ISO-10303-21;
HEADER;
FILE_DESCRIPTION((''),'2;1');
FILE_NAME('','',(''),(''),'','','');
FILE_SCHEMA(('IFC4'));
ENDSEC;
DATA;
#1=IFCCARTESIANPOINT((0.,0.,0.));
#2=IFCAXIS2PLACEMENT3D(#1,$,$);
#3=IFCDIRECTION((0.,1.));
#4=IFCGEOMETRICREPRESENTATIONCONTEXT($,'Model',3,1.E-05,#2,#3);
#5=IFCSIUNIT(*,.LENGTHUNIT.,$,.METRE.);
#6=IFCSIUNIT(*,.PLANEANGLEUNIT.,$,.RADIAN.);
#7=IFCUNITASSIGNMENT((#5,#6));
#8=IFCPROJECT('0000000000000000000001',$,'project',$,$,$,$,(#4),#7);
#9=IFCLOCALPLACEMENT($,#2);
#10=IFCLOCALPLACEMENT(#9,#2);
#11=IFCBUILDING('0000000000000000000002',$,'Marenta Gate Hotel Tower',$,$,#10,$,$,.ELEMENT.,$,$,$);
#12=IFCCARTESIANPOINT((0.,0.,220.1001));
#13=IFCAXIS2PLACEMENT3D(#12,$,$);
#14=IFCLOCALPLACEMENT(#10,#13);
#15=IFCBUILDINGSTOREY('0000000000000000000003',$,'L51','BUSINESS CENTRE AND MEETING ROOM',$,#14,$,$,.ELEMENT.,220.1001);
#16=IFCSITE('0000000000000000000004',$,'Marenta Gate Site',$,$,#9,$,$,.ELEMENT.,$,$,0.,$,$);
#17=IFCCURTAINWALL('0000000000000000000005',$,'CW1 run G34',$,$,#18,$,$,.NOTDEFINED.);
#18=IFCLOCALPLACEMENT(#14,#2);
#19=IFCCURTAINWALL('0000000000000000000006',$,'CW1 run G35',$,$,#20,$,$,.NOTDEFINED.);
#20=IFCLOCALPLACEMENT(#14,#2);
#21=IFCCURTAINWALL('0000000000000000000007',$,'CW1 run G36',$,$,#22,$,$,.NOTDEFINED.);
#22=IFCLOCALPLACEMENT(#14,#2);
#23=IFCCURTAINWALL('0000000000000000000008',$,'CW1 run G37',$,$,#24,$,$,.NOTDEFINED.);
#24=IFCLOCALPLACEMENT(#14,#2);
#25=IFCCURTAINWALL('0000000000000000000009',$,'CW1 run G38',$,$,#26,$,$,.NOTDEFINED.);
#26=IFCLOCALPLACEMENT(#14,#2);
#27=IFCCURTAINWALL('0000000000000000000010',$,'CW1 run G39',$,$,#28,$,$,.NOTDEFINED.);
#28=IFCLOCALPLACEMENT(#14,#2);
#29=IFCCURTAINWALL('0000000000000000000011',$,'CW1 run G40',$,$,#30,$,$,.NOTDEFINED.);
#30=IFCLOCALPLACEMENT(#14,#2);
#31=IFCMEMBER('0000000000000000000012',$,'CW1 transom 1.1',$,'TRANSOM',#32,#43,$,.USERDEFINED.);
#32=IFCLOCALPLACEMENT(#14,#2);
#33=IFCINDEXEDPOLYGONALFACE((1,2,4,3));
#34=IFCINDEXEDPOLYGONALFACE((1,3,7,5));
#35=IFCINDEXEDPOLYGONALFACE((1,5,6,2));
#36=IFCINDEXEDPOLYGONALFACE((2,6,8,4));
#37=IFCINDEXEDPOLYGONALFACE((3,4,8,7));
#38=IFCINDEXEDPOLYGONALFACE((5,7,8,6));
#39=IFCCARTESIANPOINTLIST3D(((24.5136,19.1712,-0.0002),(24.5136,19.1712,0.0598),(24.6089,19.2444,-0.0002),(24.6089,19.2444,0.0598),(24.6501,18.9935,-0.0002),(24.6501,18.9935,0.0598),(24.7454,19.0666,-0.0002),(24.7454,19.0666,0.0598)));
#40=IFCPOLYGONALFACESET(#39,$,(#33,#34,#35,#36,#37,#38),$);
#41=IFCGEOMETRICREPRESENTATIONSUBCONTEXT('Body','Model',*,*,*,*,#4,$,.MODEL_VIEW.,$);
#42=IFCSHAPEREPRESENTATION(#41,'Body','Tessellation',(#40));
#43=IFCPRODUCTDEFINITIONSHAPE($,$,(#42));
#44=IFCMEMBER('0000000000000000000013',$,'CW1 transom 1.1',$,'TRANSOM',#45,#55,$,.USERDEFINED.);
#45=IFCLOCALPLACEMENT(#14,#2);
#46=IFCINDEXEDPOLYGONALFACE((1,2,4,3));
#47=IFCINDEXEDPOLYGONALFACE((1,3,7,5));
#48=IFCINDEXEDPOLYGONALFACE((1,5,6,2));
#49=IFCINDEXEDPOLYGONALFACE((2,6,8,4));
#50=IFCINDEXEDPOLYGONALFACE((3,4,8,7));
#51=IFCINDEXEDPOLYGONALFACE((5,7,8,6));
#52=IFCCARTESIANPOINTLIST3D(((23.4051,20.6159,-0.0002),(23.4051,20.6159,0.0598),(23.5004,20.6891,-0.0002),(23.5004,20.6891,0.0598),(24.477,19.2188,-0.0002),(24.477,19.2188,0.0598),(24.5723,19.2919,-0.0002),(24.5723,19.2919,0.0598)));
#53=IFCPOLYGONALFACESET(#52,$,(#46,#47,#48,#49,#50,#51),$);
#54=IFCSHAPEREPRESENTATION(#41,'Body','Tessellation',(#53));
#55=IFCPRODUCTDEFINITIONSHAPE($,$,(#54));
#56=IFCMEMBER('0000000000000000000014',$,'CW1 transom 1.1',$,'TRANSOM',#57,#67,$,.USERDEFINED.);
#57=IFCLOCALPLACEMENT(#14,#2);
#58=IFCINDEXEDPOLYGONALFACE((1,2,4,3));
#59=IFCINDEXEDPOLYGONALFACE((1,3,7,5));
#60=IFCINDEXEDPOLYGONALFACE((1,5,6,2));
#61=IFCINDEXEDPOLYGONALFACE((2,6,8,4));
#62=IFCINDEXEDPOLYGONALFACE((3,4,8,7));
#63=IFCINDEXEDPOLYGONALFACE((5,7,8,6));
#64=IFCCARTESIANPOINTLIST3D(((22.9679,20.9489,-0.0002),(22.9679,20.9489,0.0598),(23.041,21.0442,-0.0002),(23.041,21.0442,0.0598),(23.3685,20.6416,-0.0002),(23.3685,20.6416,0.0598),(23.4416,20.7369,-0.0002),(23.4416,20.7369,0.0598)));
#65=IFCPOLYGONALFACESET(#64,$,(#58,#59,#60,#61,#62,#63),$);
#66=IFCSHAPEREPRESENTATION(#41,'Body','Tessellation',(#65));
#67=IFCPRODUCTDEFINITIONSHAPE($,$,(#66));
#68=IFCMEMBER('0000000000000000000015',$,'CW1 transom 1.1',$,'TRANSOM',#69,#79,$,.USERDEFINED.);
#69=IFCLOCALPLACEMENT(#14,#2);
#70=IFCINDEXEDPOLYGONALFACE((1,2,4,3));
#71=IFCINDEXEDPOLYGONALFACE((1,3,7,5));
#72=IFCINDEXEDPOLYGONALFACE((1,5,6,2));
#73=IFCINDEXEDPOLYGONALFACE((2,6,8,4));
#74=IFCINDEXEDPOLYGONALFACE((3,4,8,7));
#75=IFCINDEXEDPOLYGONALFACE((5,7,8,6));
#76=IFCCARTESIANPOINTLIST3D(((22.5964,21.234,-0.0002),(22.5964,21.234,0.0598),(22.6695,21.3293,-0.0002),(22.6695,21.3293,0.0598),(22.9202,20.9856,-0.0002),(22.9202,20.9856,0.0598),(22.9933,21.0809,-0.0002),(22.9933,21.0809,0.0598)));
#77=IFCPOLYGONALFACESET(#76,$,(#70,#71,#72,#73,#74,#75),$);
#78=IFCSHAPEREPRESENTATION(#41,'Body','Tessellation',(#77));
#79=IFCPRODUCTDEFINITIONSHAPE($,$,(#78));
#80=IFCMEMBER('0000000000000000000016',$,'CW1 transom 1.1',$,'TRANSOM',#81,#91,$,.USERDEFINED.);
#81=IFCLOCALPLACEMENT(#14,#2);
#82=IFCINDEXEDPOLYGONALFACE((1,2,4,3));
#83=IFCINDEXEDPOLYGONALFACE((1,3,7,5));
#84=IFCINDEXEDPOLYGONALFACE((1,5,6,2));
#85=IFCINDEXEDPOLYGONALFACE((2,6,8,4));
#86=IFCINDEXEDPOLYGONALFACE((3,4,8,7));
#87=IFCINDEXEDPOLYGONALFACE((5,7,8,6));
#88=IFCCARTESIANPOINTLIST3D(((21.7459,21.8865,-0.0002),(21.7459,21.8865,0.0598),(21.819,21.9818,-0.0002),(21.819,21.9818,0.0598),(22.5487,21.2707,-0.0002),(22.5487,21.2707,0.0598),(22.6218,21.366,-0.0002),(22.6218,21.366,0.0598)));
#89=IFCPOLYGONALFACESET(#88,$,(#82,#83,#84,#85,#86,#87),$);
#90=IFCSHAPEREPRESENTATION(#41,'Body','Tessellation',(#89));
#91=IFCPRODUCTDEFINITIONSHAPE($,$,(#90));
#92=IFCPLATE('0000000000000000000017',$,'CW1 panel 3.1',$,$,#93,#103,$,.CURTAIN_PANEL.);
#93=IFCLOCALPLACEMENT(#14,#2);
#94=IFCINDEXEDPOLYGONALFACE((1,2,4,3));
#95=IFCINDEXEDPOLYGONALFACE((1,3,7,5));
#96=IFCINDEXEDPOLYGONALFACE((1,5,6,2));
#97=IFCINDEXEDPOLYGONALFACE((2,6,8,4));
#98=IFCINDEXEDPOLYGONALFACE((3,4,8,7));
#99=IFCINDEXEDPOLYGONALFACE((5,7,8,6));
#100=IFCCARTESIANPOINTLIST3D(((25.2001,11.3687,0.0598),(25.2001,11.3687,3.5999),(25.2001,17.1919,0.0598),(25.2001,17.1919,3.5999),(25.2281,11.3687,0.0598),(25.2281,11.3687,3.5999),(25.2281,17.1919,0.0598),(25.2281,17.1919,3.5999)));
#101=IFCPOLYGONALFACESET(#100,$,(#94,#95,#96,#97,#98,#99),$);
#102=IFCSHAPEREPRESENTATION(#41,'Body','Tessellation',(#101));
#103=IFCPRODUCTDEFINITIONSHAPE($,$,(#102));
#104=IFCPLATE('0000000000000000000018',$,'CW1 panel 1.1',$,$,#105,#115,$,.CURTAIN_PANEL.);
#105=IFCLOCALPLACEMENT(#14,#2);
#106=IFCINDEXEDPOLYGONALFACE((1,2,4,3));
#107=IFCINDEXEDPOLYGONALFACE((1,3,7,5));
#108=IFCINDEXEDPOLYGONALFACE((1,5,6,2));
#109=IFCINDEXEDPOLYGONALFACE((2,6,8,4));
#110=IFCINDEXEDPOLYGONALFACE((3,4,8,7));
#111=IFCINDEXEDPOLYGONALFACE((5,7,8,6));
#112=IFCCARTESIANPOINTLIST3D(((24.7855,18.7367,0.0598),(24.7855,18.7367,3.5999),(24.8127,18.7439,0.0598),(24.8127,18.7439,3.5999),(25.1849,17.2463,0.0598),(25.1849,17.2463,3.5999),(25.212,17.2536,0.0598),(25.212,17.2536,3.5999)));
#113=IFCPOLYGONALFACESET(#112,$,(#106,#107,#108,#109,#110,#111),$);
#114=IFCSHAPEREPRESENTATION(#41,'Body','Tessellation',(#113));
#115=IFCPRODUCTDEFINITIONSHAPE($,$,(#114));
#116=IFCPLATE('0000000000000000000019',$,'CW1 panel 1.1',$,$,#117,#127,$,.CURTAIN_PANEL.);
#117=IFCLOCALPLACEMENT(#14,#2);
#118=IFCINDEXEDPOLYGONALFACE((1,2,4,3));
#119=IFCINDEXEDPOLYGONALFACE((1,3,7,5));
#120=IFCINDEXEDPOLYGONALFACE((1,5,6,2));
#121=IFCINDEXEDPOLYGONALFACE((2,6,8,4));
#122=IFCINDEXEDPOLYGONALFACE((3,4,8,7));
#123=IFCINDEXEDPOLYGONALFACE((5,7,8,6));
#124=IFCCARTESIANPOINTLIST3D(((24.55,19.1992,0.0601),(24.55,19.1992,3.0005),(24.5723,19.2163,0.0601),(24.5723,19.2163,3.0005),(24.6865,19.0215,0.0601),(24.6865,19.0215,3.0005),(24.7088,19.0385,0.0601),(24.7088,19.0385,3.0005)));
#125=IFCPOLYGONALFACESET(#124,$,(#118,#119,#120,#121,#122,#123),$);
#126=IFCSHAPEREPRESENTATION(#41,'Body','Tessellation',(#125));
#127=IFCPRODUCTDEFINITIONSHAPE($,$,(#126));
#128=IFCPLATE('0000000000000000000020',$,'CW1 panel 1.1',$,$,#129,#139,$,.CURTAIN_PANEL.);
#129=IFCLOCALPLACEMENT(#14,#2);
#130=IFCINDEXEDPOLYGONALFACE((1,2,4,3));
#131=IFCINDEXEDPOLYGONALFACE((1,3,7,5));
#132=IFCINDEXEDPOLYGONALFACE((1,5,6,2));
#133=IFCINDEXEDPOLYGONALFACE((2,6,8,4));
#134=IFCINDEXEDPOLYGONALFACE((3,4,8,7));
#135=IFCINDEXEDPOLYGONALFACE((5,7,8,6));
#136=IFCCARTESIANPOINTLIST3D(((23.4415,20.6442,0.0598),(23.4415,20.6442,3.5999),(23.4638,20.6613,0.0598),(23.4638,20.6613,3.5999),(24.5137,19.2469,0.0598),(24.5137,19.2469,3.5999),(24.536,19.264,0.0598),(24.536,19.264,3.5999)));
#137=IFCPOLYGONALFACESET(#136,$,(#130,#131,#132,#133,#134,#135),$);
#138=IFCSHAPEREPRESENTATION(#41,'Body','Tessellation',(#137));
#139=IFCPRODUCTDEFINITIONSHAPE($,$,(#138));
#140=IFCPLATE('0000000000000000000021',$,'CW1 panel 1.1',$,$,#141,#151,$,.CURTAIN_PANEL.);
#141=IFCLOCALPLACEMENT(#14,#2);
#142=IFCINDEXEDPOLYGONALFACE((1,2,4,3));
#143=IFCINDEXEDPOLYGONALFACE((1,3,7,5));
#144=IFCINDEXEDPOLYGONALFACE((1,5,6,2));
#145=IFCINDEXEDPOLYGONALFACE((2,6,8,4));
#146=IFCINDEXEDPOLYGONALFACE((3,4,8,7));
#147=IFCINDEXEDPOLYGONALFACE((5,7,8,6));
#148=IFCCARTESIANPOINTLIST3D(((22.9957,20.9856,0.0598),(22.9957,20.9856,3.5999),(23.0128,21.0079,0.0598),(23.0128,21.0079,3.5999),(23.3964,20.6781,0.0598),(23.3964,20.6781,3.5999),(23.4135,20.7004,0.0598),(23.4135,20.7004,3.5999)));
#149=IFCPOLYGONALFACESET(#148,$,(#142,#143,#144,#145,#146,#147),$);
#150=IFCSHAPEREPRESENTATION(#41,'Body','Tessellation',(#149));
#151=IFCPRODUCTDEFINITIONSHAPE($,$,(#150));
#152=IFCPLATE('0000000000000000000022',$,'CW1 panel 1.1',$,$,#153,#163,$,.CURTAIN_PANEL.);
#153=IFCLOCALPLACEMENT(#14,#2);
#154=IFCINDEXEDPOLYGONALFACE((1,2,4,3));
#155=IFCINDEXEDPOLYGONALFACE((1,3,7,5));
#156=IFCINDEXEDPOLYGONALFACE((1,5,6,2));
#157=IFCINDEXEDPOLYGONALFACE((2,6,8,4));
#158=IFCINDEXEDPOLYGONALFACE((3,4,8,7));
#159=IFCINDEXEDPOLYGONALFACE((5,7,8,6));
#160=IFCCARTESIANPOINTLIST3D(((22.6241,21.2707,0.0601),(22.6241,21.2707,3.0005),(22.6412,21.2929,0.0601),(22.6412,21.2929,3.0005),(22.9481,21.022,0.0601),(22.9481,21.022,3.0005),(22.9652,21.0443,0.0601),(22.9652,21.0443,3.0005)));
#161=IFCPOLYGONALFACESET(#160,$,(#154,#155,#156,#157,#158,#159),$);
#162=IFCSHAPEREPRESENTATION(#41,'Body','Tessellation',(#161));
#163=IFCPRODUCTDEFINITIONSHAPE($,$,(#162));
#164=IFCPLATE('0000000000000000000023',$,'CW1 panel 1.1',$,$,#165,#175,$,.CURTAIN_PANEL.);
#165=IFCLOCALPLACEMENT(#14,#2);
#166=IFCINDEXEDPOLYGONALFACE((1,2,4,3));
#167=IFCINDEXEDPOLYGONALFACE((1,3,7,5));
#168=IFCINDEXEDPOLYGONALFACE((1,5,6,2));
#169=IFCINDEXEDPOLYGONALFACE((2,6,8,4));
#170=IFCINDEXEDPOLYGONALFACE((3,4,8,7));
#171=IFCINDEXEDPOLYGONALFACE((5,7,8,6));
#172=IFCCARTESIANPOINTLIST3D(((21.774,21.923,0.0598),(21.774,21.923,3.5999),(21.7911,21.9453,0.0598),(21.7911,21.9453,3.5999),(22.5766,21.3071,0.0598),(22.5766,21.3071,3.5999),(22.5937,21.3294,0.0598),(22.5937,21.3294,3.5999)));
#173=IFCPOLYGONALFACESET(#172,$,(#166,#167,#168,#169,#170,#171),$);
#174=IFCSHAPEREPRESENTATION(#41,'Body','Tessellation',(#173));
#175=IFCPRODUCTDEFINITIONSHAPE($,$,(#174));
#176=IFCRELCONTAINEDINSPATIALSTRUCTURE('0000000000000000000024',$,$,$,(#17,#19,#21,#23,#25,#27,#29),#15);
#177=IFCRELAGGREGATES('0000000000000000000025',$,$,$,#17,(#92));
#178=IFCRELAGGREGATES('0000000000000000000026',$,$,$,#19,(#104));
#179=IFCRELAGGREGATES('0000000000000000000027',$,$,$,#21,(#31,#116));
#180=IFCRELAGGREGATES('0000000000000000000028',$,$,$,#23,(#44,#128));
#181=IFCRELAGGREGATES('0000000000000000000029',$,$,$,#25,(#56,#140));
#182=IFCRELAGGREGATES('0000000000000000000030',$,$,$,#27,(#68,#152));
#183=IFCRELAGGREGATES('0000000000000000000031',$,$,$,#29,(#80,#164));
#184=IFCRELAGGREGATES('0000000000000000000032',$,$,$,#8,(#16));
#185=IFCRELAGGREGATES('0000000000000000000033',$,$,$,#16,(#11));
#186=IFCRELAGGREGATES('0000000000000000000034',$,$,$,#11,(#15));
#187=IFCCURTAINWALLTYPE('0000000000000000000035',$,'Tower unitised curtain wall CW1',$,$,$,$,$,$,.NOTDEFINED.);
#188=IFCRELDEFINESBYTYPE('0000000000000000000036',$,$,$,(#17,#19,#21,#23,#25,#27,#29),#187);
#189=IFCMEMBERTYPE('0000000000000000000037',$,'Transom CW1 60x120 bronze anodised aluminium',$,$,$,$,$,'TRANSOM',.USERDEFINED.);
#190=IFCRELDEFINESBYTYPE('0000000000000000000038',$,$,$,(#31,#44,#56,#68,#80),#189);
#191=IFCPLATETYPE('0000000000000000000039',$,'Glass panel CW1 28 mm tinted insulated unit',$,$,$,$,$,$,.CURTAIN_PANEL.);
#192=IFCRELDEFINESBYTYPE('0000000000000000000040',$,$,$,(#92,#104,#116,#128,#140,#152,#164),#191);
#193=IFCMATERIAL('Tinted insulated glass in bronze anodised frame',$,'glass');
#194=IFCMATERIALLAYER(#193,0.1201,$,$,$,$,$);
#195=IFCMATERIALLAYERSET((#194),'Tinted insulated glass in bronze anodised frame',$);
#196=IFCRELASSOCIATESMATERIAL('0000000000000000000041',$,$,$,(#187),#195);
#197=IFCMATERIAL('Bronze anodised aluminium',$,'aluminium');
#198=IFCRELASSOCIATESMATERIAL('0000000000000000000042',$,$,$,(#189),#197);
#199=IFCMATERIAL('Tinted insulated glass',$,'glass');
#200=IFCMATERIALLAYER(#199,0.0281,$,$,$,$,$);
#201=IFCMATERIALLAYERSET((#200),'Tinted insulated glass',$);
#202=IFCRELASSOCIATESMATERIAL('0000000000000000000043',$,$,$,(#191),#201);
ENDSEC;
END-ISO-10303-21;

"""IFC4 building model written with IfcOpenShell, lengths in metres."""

from ifc_helpers import new_model, si_unit, direction, frame, origin, origin_2d, place, context, subcontext, project, spatial, rectangle, extrude, material, layer, layer_set, material_profile, profile_set, type_object, element, aggregate, save


model = new_model("IFC4")

# Units and contexts
model_context = context("Model", 3, precision=1e-05, world=origin(), true_north=direction((0.0, 1.0)))
body_context = subcontext(model_context, "Body", "Model", "MODEL_VIEW")
ifc_project = project(units=[si_unit("LENGTHUNIT", "METRE"), si_unit("PLANEANGLEUNIT", "RADIAN")], contexts=[model_context])

# Site, building, storey
site_placement = place(None, origin())
site = spatial("IfcSite", under=ifc_project, at=site_placement, Name="Marenta Gate Site", CompositionType="ELEMENT", RefElevation=0.0)
building_placement = place(site_placement, origin())
building = spatial("IfcBuilding", under=site, at=building_placement, Name="Marenta Gate Hotel Tower", CompositionType="ELEMENT")
storey_placement = place(building_placement, frame((0.0, 0.0, 220.1001)))
storey = spatial("IfcBuildingStorey", under=building, at=storey_placement, Name="L51", Description="BUSINESS CENTRE AND MEETING ROOM", CompositionType="ELEMENT", Elevation=220.1001)

# Curtain wall
ifc_material_1 = material(Name="Tinted insulated glass in bronze anodised frame", Category="glass")
ifc_layer_1 = layer(ifc_material_1, 0.1201)
ifc_layer_set_1 = layer_set([ifc_layer_1], Name="Tinted insulated glass in bronze anodised frame")
curtain_wall_type = type_object("IfcCurtainWallType", Name="Tower unitised curtain wall CW1", PredefinedType="NOTDEFINED", material=ifc_layer_set_1)
curtain_wall_1_placement = place(storey_placement, origin())
curtain_wall_1 = element("IfcCurtainWall", 1, at=curtain_wall_1_placement, inside=storey, type_object=curtain_wall_type, Name="CW1 run G34", PredefinedType="NOTDEFINED")

# Curtain wall
curtain_wall_2_placement = place(storey_placement, origin())
curtain_wall_2 = element("IfcCurtainWall", 2, at=curtain_wall_2_placement, inside=storey, type_object=curtain_wall_type, Name="CW1 run G35", PredefinedType="NOTDEFINED")

# Curtain walls
curtain_wall_3_placement = place(storey_placement, origin())
curtain_wall_3 = element("IfcCurtainWall", 3, at=curtain_wall_3_placement, inside=storey, type_object=curtain_wall_type, Name="CW1 run G36", PredefinedType="NOTDEFINED")
curtain_wall_4_placement = place(storey_placement, origin())
curtain_wall_4 = element("IfcCurtainWall", 4, at=curtain_wall_4_placement, inside=storey, type_object=curtain_wall_type, Name="CW1 run G37", PredefinedType="NOTDEFINED")
curtain_wall_5_placement = place(storey_placement, origin())
curtain_wall_5 = element("IfcCurtainWall", 5, at=curtain_wall_5_placement, inside=storey, type_object=curtain_wall_type, Name="CW1 run G38", PredefinedType="NOTDEFINED")
curtain_wall_6_placement = place(storey_placement, origin())
curtain_wall_6 = element("IfcCurtainWall", 6, at=curtain_wall_6_placement, inside=storey, type_object=curtain_wall_type, Name="CW1 run G39", PredefinedType="NOTDEFINED")
curtain_wall_7_placement = place(storey_placement, origin())
curtain_wall_7 = element("IfcCurtainWall", 7, at=curtain_wall_7_placement, inside=storey, type_object=curtain_wall_type, Name="CW1 run G40", PredefinedType="NOTDEFINED")

# Members
ifc_material_2 = material(Name="Bronze anodised aluminium", Category="aluminium")
ifc_material_profile_1 = material_profile(ifc_material_2, rectangle(XDim=0.1201, YDim=0.0601, at=origin_2d()), Name="Transom CW1 60x120 bronze anodised aluminium")
ifc_profile_set_1 = profile_set([ifc_material_profile_1], Name="Bronze anodised aluminium")
member_type_1 = type_object("IfcMemberType", Name="Transom CW1 60x120 bronze anodised aluminium", ElementType="TRANSOM", PredefinedType="USERDEFINED", material=ifc_profile_set_1)
member_1_placement = place(storey_placement, frame((24.6978, 19.03, 0.0298), z_axis=(-0.609026, 0.79315, 0.0), x_axis=(-0.79315, -0.609026, 0.0)))
member_1 = element("IfcMember", 8, at=member_1_placement, type_object=member_type_1, Name="CW1 transom 1.1", ObjectType="TRANSOM", PredefinedType="USERDEFINED", context=body_context, shape_type="SweptSolid", body=[
    extrude(rectangle(XDim=0.1201, YDim=0.0601, at=origin_2d()), origin(), (0.0, 0.0, 1.0), 0.2241),
])
member_2_placement = place(storey_placement, frame((24.5247, 19.2554, 0.0298), z_axis=(-0.608725, 0.793381, 0.0), x_axis=(-0.793381, -0.608725, 0.0)))
member_2 = element("IfcMember", 9, at=member_2_placement, type_object=member_type_1, Name="CW1 transom 1.1", ObjectType="TRANSOM", PredefinedType="USERDEFINED", context=body_context, shape_type="SweptSolid", body=[
    extrude(rectangle(XDim=0.1201, YDim=0.0601, at=origin_2d()), origin(), (0.0, 0.0, 1.0), 1.761),
])
member_3_placement = place(storey_placement, frame((23.405, 20.6892, 0.0298), z_axis=(-0.793396, 0.608706, 0.0), x_axis=(-0.608706, -0.793396, 0.0)))
member_3 = element("IfcMember", 10, at=member_3_placement, type_object=member_type_1, Name="CW1 transom 1.1", ObjectType="TRANSOM", PredefinedType="USERDEFINED", context=body_context, shape_type="SweptSolid", body=[
    extrude(rectangle(XDim=0.1201, YDim=0.0601, at=origin_2d()), origin(), (0.0, 0.0, 1.0), 0.5049),
])
member_4_placement = place(storey_placement, frame((22.9568, 21.0332, 0.0298), z_axis=(-0.793423, 0.60867, 0.0), x_axis=(-0.60867, -0.793423, 0.0)))
member_4 = element("IfcMember", 11, at=member_4_placement, type_object=member_type_1, Name="CW1 transom 1.1", ObjectType="TRANSOM", PredefinedType="USERDEFINED", context=body_context, shape_type="SweptSolid", body=[
    extrude(rectangle(XDim=0.1201, YDim=0.0601, at=origin_2d()), origin(), (0.0, 0.0, 1.0), 0.4082),
])
member_5_placement = place(storey_placement, frame((22.5852, 21.3184, 0.0298), z_axis=(-0.793467, 0.608614, 0.0), x_axis=(-0.608614, -0.793467, 0.0)))
member_5 = element("IfcMember", 12, at=member_5_placement, type_object=member_type_1, Name="CW1 transom 1.1", ObjectType="TRANSOM", PredefinedType="USERDEFINED", context=body_context, shape_type="SweptSolid", body=[
    extrude(rectangle(XDim=0.1201, YDim=0.0601, at=origin_2d()), origin(), (0.0, 0.0, 1.0), 1.0117),
])

# Plates
ifc_material_3 = material(Name="Tinted insulated glass", Category="glass")
ifc_layer_2 = layer(ifc_material_3, 0.0281)
ifc_layer_set_2 = layer_set([ifc_layer_2], Name="Tinted insulated glass")
plate_type = type_object("IfcPlateType", Name="Glass panel CW1 28 mm tinted insulated unit", PredefinedType="CURTAIN_PANEL", material=ifc_layer_set_2)
plate_1_placement = place(storey_placement, frame((25.2141, 14.2803, 0.0598), z_axis=(0.0, 0.0, 1.0), x_axis=(0.0, 1.0, 0.0)))
plate_1 = element("IfcPlate", 13, at=plate_1_placement, type_object=plate_type, Name="CW1 panel 3.1", PredefinedType="CURTAIN_PANEL", context=body_context, shape_type="SweptSolid", body=[
    extrude(rectangle(XDim=5.8232, YDim=0.0281, at=origin_2d()), origin(), (0.0, 0.0, 1.0), 3.54),
])
aggregate(curtain_wall_1, [plate_1])
plate_2_placement = place(storey_placement, frame((24.9988, 17.9951, 0.0598), z_axis=(0.0, 0.0, 1.0), x_axis=(-0.25883, 0.965923, 0.0)))
plate_2 = element("IfcPlate", 14, at=plate_2_placement, type_object=plate_type, Name="CW1 panel 1.1", PredefinedType="CURTAIN_PANEL", context=body_context, shape_type="SweptSolid", body=[
    extrude(rectangle(XDim=1.543, YDim=0.0281, at=origin_2d()), origin(), (0.0, 0.0, 1.0), 3.54),
])
aggregate(curtain_wall_2, [plate_2])
plate_3_placement = place(storey_placement, frame((24.6294, 19.1189, 0.0601), z_axis=(0.0, 0.0, 1.0), x_axis=(-0.608808, 0.793317, 0.0)))
plate_3 = element("IfcPlate", 15, at=plate_3_placement, type_object=plate_type, Name="CW1 panel 1.1", PredefinedType="CURTAIN_PANEL", context=body_context, shape_type="SweptSolid", body=[
    extrude(rectangle(XDim=0.2241, YDim=0.0281, at=origin_2d()), origin(), (0.0, 0.0, 1.0), 2.9404),
])
aggregate(curtain_wall_3, [member_1, plate_3])
plate_4_placement = place(storey_placement, frame((23.9888, 19.9541, 0.0598), z_axis=(0.0, 0.0, 1.0), x_axis=(-0.608784, 0.793336, 0.0)))
plate_4 = element("IfcPlate", 16, at=plate_4_placement, type_object=plate_type, Name="CW1 panel 1.1", PredefinedType="CURTAIN_PANEL", context=body_context, shape_type="SweptSolid", body=[
    extrude(rectangle(XDim=1.7612, YDim=0.0281, at=origin_2d()), origin(), (0.0, 0.0, 1.0), 3.54),
])
aggregate(curtain_wall_4, [member_2, plate_4])
plate_5_placement = place(storey_placement, frame((23.2046, 20.843, 0.0598), z_axis=(0.0, 0.0, 1.0), x_axis=(-0.793347, 0.60877, 0.0)))
plate_5 = element("IfcPlate", 17, at=plate_5_placement, type_object=plate_type, Name="CW1 panel 1.1", PredefinedType="CURTAIN_PANEL", context=body_context, shape_type="SweptSolid", body=[
    extrude(rectangle(XDim=0.5051, YDim=0.0281, at=origin_2d()), origin(), (0.0, 0.0, 1.0), 3.54),
])
aggregate(curtain_wall_5, [member_3, plate_5])
plate_6_placement = place(storey_placement, frame((22.7947, 21.1575, 0.0601), z_axis=(0.0, 0.0, 1.0), x_axis=(-0.79329, 0.608844, 0.0)))
plate_6 = element("IfcPlate", 18, at=plate_6_placement, type_object=plate_type, Name="CW1 panel 1.1", PredefinedType="CURTAIN_PANEL", context=body_context, shape_type="SweptSolid", body=[
    extrude(rectangle(XDim=0.4084, YDim=0.0281, at=origin_2d()), origin(), (0.0, 0.0, 1.0), 2.9404),
])
aggregate(curtain_wall_6, [member_4, plate_6])
plate_7_placement = place(storey_placement, frame((22.1838, 21.6262, 0.0598), z_axis=(0.0, 0.0, 1.0), x_axis=(-0.793345, 0.608772, 0.0)))
plate_7 = element("IfcPlate", 19, at=plate_7_placement, type_object=plate_type, Name="CW1 panel 1.1", PredefinedType="CURTAIN_PANEL", context=body_context, shape_type="SweptSolid", body=[
    extrude(rectangle(XDim=1.0117, YDim=0.0281, at=origin_2d()), origin(), (0.0, 0.0, 1.0), 3.54),
])
aggregate(curtain_wall_7, [member_5, plate_7])

save(model, "model.ifc")
